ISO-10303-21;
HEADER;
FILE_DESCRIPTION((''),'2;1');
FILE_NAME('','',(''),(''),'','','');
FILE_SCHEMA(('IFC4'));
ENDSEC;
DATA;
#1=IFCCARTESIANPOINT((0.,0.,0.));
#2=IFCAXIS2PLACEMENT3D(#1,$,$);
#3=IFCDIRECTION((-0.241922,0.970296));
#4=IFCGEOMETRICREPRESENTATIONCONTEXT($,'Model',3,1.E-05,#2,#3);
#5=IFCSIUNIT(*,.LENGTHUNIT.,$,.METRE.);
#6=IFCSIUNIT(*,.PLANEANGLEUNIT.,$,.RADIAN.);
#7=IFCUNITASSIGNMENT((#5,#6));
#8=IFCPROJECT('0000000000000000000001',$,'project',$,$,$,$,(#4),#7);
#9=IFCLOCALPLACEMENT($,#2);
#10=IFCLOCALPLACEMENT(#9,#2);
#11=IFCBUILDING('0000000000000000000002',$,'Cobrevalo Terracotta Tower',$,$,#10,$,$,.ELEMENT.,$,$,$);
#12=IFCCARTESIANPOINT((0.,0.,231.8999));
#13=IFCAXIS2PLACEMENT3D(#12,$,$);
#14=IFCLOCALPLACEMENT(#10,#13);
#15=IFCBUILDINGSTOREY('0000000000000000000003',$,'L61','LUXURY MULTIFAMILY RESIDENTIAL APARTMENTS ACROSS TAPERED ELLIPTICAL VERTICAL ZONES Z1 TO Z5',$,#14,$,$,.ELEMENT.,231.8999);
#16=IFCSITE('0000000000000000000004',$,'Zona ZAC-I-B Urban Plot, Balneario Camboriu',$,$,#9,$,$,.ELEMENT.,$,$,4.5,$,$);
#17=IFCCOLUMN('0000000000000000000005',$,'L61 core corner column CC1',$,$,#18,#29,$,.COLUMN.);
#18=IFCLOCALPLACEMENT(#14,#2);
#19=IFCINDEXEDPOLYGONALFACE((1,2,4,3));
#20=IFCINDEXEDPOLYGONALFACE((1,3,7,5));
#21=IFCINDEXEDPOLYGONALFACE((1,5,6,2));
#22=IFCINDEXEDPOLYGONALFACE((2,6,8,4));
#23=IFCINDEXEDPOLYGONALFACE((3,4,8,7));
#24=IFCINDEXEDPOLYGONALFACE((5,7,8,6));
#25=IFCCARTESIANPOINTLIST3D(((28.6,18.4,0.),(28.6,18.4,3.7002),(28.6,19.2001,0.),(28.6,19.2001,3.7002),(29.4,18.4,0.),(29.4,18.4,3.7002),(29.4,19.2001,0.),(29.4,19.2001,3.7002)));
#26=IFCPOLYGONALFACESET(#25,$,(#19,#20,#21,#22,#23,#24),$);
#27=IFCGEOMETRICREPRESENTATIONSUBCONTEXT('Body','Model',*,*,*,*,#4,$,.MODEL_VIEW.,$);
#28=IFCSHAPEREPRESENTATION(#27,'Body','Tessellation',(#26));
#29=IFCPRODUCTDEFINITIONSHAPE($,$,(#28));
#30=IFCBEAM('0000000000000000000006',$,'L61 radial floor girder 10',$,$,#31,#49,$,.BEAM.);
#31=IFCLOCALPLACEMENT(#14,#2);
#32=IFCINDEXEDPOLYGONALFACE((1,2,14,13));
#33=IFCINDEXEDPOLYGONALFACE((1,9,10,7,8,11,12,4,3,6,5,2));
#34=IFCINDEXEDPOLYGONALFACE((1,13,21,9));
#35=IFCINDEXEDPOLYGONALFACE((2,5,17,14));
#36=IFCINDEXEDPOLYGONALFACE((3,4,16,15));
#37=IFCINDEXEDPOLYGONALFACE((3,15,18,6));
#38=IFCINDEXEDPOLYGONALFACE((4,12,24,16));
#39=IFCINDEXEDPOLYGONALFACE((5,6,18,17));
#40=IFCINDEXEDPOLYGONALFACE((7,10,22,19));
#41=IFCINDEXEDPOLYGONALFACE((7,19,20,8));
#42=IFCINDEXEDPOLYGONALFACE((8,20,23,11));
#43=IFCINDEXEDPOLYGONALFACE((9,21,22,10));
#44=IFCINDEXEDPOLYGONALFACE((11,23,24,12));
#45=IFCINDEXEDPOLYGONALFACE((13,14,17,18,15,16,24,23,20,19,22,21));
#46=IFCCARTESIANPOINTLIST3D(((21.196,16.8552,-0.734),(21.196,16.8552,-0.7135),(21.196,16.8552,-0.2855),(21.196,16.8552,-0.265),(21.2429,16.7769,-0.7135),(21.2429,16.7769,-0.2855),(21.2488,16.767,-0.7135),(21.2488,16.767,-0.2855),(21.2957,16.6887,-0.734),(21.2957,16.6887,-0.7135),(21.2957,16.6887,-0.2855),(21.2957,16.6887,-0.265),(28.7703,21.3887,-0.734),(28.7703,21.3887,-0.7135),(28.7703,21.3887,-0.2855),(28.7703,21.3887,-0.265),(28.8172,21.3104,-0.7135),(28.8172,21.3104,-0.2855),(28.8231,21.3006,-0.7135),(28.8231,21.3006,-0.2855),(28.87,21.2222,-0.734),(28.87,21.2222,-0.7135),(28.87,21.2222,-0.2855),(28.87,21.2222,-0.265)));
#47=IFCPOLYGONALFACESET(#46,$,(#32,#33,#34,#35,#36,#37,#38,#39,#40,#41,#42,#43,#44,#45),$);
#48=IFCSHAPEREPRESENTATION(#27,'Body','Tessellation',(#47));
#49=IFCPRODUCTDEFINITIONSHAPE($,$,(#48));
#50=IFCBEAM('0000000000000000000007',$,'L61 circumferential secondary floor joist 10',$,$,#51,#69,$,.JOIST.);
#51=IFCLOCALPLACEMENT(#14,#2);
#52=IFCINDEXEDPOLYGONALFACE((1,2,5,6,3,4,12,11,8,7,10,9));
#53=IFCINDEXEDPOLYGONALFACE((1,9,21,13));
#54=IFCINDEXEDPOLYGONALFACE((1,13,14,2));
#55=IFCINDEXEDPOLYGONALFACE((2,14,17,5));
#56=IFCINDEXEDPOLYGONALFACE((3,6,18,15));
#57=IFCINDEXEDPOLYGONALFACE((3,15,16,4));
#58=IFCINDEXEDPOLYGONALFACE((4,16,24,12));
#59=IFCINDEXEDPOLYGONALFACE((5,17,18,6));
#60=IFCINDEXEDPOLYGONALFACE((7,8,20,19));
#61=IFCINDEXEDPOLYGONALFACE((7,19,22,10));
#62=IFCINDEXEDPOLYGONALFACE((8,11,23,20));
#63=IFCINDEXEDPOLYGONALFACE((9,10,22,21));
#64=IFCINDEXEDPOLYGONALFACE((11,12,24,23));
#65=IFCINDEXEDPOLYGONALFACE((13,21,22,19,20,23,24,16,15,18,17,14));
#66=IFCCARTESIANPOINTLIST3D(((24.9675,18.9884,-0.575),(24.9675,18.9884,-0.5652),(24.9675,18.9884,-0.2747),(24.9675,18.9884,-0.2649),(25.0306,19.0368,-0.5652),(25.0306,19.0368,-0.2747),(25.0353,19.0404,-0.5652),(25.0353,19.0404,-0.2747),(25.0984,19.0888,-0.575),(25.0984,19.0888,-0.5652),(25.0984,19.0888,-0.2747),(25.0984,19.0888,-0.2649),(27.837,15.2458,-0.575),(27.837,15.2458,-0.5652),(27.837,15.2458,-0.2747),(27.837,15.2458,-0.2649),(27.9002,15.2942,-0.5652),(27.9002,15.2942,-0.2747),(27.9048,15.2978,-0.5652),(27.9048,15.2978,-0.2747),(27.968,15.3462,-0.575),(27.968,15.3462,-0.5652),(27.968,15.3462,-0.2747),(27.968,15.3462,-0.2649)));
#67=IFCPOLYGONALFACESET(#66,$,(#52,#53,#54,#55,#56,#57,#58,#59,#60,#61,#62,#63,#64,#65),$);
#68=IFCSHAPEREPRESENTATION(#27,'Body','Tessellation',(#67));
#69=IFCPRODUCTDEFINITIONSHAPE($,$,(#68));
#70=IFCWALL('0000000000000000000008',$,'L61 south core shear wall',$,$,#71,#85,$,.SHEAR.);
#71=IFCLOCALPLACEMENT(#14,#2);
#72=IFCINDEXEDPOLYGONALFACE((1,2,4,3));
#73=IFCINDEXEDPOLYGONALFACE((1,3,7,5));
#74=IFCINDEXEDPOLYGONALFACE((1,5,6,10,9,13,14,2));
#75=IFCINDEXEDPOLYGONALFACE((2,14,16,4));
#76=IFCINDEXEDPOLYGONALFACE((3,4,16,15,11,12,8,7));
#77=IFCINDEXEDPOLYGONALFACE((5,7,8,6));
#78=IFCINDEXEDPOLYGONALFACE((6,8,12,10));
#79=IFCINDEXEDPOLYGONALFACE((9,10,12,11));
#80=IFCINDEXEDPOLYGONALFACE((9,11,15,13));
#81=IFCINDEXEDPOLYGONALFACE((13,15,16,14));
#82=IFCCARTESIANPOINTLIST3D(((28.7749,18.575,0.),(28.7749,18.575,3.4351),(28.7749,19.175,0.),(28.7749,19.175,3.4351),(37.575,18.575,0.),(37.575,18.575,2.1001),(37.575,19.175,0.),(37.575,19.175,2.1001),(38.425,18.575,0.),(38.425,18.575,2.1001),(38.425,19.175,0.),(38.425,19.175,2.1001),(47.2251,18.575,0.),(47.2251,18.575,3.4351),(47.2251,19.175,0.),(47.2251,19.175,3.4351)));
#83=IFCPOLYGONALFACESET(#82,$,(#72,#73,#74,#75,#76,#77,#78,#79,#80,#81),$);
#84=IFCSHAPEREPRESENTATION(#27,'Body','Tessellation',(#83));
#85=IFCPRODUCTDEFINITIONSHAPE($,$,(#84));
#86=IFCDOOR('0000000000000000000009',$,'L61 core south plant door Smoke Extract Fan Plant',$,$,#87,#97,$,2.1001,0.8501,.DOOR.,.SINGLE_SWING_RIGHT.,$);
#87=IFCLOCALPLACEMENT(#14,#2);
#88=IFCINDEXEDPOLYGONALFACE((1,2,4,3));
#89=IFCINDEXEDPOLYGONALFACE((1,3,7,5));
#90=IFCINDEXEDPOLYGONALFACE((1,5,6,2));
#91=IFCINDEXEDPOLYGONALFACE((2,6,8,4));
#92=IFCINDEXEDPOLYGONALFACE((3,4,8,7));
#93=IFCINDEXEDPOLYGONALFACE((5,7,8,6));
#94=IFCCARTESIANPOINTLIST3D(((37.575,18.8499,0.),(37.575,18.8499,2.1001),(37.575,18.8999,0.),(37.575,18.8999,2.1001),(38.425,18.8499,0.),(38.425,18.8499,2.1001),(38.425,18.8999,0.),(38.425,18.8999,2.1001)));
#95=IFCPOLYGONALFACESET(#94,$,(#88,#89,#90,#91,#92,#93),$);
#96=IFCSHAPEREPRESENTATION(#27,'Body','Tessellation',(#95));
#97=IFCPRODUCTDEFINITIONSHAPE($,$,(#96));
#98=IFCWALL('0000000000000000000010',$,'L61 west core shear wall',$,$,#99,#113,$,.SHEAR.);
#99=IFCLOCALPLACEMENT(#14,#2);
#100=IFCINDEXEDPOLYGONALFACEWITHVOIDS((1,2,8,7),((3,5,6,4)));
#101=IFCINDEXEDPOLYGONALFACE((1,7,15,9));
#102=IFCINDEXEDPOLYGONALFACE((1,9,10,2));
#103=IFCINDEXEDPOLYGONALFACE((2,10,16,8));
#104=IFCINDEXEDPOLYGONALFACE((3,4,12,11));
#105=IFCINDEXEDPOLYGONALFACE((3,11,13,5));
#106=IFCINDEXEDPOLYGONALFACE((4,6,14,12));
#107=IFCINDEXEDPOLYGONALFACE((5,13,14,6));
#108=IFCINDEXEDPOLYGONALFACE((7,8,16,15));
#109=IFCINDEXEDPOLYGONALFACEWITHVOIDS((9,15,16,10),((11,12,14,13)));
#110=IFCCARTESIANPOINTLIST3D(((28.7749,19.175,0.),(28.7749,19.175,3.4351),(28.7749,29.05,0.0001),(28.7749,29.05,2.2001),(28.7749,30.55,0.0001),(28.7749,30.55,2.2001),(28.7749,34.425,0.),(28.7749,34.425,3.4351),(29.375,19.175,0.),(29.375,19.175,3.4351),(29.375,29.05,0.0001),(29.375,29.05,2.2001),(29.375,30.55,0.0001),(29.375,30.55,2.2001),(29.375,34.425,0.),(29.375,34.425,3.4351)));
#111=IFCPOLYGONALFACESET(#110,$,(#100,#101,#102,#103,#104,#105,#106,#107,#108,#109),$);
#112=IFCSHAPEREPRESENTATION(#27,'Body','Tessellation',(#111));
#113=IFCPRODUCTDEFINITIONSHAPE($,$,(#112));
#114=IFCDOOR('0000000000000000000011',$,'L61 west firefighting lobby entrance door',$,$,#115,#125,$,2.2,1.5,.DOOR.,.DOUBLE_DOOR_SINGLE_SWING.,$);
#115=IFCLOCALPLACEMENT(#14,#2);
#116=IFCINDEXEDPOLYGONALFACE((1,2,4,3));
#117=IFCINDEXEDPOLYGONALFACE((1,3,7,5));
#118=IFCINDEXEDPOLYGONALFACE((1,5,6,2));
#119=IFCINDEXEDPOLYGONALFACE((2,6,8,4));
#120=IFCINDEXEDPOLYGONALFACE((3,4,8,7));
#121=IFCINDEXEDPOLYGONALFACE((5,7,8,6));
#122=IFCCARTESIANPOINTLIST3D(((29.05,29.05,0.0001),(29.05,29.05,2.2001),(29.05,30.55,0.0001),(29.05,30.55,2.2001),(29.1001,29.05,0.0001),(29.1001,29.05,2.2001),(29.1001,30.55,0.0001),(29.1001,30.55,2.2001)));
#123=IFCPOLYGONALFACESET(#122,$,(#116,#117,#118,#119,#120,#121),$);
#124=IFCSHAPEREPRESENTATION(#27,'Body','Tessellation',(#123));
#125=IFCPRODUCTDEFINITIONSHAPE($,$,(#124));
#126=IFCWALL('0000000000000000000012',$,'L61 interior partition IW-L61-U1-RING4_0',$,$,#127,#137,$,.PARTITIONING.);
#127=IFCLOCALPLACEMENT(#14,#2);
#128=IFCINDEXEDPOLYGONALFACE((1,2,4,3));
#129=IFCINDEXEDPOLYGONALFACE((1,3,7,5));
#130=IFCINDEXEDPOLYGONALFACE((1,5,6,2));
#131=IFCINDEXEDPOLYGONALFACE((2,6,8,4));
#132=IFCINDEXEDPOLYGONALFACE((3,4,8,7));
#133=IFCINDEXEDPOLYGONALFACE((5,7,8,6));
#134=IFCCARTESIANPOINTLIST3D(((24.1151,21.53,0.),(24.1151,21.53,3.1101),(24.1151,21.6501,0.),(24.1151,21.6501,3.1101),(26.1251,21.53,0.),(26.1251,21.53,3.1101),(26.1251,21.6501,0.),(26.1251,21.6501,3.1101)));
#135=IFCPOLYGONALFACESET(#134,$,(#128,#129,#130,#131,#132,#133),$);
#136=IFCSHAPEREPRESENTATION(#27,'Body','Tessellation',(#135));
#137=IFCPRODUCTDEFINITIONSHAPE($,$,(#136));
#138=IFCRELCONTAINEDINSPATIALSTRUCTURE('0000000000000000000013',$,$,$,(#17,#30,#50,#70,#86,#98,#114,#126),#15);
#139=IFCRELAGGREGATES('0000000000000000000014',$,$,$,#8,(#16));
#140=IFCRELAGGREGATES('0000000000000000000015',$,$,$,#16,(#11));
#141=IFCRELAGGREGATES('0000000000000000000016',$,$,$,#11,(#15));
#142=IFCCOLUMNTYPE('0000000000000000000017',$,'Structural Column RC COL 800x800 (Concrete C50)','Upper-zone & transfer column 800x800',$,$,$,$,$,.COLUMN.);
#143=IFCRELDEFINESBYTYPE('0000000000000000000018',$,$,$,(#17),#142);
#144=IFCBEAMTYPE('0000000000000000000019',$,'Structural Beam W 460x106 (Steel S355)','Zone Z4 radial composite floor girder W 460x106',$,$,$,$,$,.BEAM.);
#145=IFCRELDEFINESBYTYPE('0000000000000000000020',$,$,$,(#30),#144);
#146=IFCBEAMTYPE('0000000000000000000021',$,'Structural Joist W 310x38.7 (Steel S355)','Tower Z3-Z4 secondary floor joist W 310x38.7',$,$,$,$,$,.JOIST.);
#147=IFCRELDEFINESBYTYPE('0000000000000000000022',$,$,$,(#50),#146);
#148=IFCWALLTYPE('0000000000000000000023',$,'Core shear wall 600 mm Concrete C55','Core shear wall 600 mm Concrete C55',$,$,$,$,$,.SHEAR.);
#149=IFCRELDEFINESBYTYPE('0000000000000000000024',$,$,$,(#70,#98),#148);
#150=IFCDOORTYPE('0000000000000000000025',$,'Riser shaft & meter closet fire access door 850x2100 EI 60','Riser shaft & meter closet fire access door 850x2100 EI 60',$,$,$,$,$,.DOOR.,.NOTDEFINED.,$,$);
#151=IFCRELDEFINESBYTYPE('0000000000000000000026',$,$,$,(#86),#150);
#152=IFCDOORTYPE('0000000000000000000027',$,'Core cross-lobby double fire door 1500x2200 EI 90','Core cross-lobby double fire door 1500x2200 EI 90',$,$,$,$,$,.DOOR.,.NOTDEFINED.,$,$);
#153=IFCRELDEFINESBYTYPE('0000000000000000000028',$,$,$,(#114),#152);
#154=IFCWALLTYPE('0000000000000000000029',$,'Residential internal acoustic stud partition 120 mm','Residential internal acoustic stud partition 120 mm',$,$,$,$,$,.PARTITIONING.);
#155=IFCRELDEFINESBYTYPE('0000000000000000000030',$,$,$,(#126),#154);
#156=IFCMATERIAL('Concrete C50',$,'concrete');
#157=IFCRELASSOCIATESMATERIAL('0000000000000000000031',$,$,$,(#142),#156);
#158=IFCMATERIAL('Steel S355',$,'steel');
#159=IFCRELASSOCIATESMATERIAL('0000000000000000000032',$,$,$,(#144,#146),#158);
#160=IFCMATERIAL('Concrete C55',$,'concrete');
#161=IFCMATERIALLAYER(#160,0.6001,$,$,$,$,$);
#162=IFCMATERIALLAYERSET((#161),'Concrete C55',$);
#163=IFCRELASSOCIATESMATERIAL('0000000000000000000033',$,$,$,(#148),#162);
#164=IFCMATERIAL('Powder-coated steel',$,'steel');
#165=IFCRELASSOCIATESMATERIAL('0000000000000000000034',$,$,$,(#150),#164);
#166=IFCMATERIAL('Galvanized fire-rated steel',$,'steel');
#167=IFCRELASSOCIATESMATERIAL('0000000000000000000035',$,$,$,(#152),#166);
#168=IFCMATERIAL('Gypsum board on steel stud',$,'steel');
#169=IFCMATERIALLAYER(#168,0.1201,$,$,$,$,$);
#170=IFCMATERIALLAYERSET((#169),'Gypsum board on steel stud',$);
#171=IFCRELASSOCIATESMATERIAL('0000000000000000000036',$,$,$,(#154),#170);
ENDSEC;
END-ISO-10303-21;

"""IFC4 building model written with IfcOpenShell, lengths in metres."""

from ifc_helpers import new_model, si_unit, direction, frame, frame_2d, origin, origin_2d, place, context, subcontext, project, spatial, rectangle, i_section, extrude, source, transform, mapped, material, layer, layer_set, material_profile, profile_set, type_object, element, fill, save


model = new_model("IFC4")

# Units and contexts
model_context = context("Model", 3, precision=1e-05, world=origin(), true_north=direction((-0.241922, 0.970296)))
body_context = subcontext(model_context, "Body", "Model", "MODEL_VIEW")
ifc_project = project(units=[si_unit("LENGTHUNIT", "METRE"), si_unit("PLANEANGLEUNIT", "RADIAN")], contexts=[model_context])

# Site, building, storey
site_placement = place(None, origin())
site = spatial("IfcSite", under=ifc_project, at=site_placement, Name="Zona ZAC-I-B Urban Plot, Balneario Camboriu", CompositionType="ELEMENT", RefElevation=4.5)
building_placement = place(site_placement, origin())
building = spatial("IfcBuilding", under=site, at=building_placement, Name="Cobrevalo Terracotta Tower", CompositionType="ELEMENT")
storey_placement = place(building_placement, frame((0.0, 0.0, 231.8999)))
storey = spatial("IfcBuildingStorey", under=building, at=storey_placement, Name="L61", Description="LUXURY MULTIFAMILY RESIDENTIAL APARTMENTS ACROSS TAPERED ELLIPTICAL VERTICAL ZONES Z1 TO Z5", CompositionType="ELEMENT", Elevation=231.8999)

# Column
ifc_material_1 = material(Name="Concrete C50", Category="concrete")
ifc_material_profile_1 = material_profile(ifc_material_1, rectangle(XDim=0.8, YDim=0.8, at=origin_2d()), Name="RC COL 800x800")
ifc_profile_set_1 = profile_set([ifc_material_profile_1], Name="Concrete C50")
column_type = type_object("IfcColumnType", Name="Structural Column RC COL 800x800 (Concrete C50)", Description="Upper-zone & transfer column 800x800", PredefinedType="COLUMN", material=ifc_profile_set_1)
column_placement = place(storey_placement, frame((29.0, 18.8, 0.0), z_axis=(0.0, 0.0, 1.0), x_axis=(1.0, 0.0, 0.0)))
element("IfcColumn", 1, at=column_placement, inside=storey, type_object=column_type, Name="L61 core corner column CC1", PredefinedType="COLUMN", context=body_context, shape_type="SweptSolid", body=[
    extrude(rectangle(XDim=0.8, YDim=0.8, at=origin_2d()), origin(), (0.0, 0.0, 1.0), 3.7002),
])

# Beams
ifc_material_2 = material(Name="Steel S355", Category="steel")
ifc_material_profile_2 = material_profile(ifc_material_2, i_section(OverallWidth=0.1941, OverallDepth=0.469, WebThickness=0.0115, FlangeThickness=0.0205, at=origin_2d()), Name="W 460x106")
ifc_profile_set_2 = profile_set([ifc_material_profile_2], Name="Steel S355")
beam_type_1 = type_object("IfcBeamType", Name="Structural Beam W 460x106 (Steel S355)", Description="Zone Z4 radial composite floor girder W 460x106", PredefinedType="BEAM", material=ifc_profile_set_2)
beam_1_placement = place(storey_placement, frame((21.2458, 16.772, -0.4995), z_axis=(0.858046, 0.513572, 0.0), x_axis=(-0.513572, 0.858046, 0.0)))
element("IfcBeam", 2, at=beam_1_placement, inside=storey, type_object=beam_type_1, Name="L61 radial floor girder 10", PredefinedType="BEAM", context=body_context, shape_type="SweptSolid", body=[
    extrude(i_section(OverallWidth=0.1941, OverallDepth=0.469, WebThickness=0.0115, FlangeThickness=0.0205, at=origin_2d()), origin(), (0.0, 0.0, 1.0), 8.8274),
])
ifc_material_profile_3 = material_profile(ifc_material_2, i_section(OverallWidth=0.165, OverallDepth=0.3101, WebThickness=0.0059, FlangeThickness=0.0098, at=origin_2d()), Name="W 310x38.7")
ifc_profile_set_3 = profile_set([ifc_material_profile_3], Name="Steel S355")
beam_type_2 = type_object("IfcBeamType", Name="Structural Joist W 310x38.7 (Steel S355)", Description="Tower Z3-Z4 secondary floor joist W 310x38.7", PredefinedType="JOIST", material=ifc_profile_set_3)
beam_2_placement = place(storey_placement, frame((25.033, 19.0386, -0.4199), z_axis=(0.608464, -0.793581, 0.0), x_axis=(0.793581, 0.608464, 0.0)))
element("IfcBeam", 3, at=beam_2_placement, inside=storey, type_object=beam_type_2, Name="L61 circumferential secondary floor joist 10", PredefinedType="JOIST", context=body_context, shape_type="SweptSolid", body=[
    extrude(i_section(OverallWidth=0.165, OverallDepth=0.3101, WebThickness=0.0059, FlangeThickness=0.0098, at=origin_2d()), origin(), (0.0, 0.0, 1.0), 4.7161),
])

# Walls, openings, doors
ifc_material_3 = material(Name="Concrete C55", Category="concrete")
ifc_layer_1 = layer(ifc_material_3, 0.6001)
ifc_layer_set_1 = layer_set([ifc_layer_1], Name="Concrete C55")
wall_type_1 = type_object("IfcWallType", Name="Core shear wall 600 mm Concrete C55", Description="Core shear wall 600 mm Concrete C55", PredefinedType="SHEAR", material=ifc_layer_set_1)
wall_1_placement = place(storey_placement, frame((28.7749, 18.875, 0.0), z_axis=(0.0, 0.0, 1.0), x_axis=(1.0, 0.0, 0.0)))
wall_1 = element("IfcWall", 4, at=wall_1_placement, inside=storey, type_object=wall_type_1, Name="L61 south core shear wall", PredefinedType="SHEAR", context=body_context, shape_type="SweptSolid", body=[
    extrude(rectangle(XDim=18.4502, YDim=0.6001, at=frame_2d((9.2251, 0.0))), origin(), (0.0, 0.0, 1.0), 3.4351),
])
opening_1_placement = place(wall_1_placement, frame((8.8, 0.0, 0.0)))
opening_1 = element("IfcOpeningElement", 5, at=opening_1_placement, cuts=wall_1, PredefinedType="OPENING", context=body_context, shape_type="SweptSolid", body=[
    extrude(rectangle(XDim=0.8501, YDim=2.1001, at=frame_2d((0.425, 1.05))), frame((0.0, 0.3101, 0.0), z_axis=(0.0, -1.0, 0.0), x_axis=(1.0, 0.0, 0.0)), (0.0, 0.0, 1.0), 0.6201),
])
ifc_material_4 = material(Name="Powder-coated steel", Category="steel")
door_type_1 = type_object("IfcDoorType", Name="Riser shaft & meter closet fire access door 850x2100 EI 60", Description="Riser shaft & meter closet fire access door 850x2100 EI 60", OperationType="NOTDEFINED", PredefinedType="DOOR", material=ifc_material_4)
shared_shape_1 = source(origin(), body_context, "Body", "SweptSolid", [
    extrude(rectangle(XDim=0.8501, YDim=2.1001, at=frame_2d((0.425, 1.05))), frame((0.0, 0.0249, 0.0), z_axis=(0.0, -1.0, 0.0), x_axis=(1.0, 0.0, 0.0)), (0.0, 0.0, 1.0), 0.05),
])
door_1_placement = place(opening_1_placement, origin())
door_1 = element("IfcDoor", 6, at=door_1_placement, inside=storey, type_object=door_type_1, Name="L61 core south plant door Smoke Extract Fan Plant", OperationType="SINGLE_SWING_RIGHT", OverallHeight=2.1001, OverallWidth=0.8501, PredefinedType="DOOR", context=body_context, shape_type="MappedRepresentation", body=[
    mapped(shared_shape_1, transform((0.0, 0.0, 0.0), scale=1.0)),
])
fill(opening_1, door_1)
wall_2_placement = place(storey_placement, frame((29.075, 19.175, 0.0), z_axis=(0.0, 0.0, 1.0), x_axis=(0.0, 1.0, 0.0)))
wall_2 = element("IfcWall", 7, at=wall_2_placement, inside=storey, type_object=wall_type_1, Name="L61 west core shear wall", PredefinedType="SHEAR", context=body_context, shape_type="SweptSolid", body=[
    extrude(rectangle(XDim=15.25, YDim=0.6001, at=frame_2d((7.625, 0.0))), origin(), (0.0, 0.0, 1.0), 3.4351),
])
opening_2_placement = place(wall_2_placement, frame((9.875, 0.0, 0.0)))
opening_2 = element("IfcOpeningElement", 8, at=opening_2_placement, cuts=wall_2, PredefinedType="OPENING", context=body_context, shape_type="SweptSolid", body=[
    extrude(rectangle(XDim=1.5, YDim=2.2, at=frame_2d((0.75, 1.1001))), frame((0.0, 0.3101, 0.0), z_axis=(0.0, -1.0, 0.0), x_axis=(1.0, 0.0, 0.0)), (0.0, 0.0, 1.0), 0.6201),
])
ifc_material_5 = material(Name="Galvanized fire-rated steel", Category="steel")
door_type_2 = type_object("IfcDoorType", Name="Core cross-lobby double fire door 1500x2200 EI 90", Description="Core cross-lobby double fire door 1500x2200 EI 90", OperationType="NOTDEFINED", PredefinedType="DOOR", material=ifc_material_5)
shared_shape_2 = source(origin(), body_context, "Body", "SweptSolid", [
    extrude(rectangle(XDim=1.5, YDim=2.2, at=frame_2d((0.75, 1.1001))), frame((0.0, 0.0249, 0.0), z_axis=(0.0, -1.0, 0.0), x_axis=(1.0, 0.0, 0.0)), (0.0, 0.0, 1.0), 0.05),
])
door_2_placement = place(opening_2_placement, origin())
door_2 = element("IfcDoor", 9, at=door_2_placement, inside=storey, type_object=door_type_2, Name="L61 west firefighting lobby entrance door", OperationType="DOUBLE_DOOR_SINGLE_SWING", OverallHeight=2.2, OverallWidth=1.5, PredefinedType="DOOR", context=body_context, shape_type="MappedRepresentation", body=[
    mapped(shared_shape_2, transform((0.0, 0.0, 0.0), scale=1.0)),
])
fill(opening_2, door_2)

# Wall
ifc_material_6 = material(Name="Gypsum board on steel stud", Category="steel")
ifc_layer_2 = layer(ifc_material_6, 0.1201)
ifc_layer_set_2 = layer_set([ifc_layer_2], Name="Gypsum board on steel stud")
wall_type_2 = type_object("IfcWallType", Name="Residential internal acoustic stud partition 120 mm", Description="Residential internal acoustic stud partition 120 mm", PredefinedType="PARTITIONING", material=ifc_layer_set_2)
wall_3_placement = place(storey_placement, frame((26.125, 21.5901, 0.0), z_axis=(0.0, 0.0, 1.0), x_axis=(-1.0, 0.0, 0.0)))
element("IfcWall", 10, at=wall_3_placement, inside=storey, type_object=wall_type_2, Name="L61 interior partition IW-L61-U1-RING4_0", PredefinedType="PARTITIONING", context=body_context, shape_type="SweptSolid", body=[
    extrude(rectangle(XDim=2.01, YDim=0.1201, at=frame_2d((1.0049, 0.0))), origin(), (0.0, 0.0, 1.0), 3.1101),
])

save(model, "model.ifc")
